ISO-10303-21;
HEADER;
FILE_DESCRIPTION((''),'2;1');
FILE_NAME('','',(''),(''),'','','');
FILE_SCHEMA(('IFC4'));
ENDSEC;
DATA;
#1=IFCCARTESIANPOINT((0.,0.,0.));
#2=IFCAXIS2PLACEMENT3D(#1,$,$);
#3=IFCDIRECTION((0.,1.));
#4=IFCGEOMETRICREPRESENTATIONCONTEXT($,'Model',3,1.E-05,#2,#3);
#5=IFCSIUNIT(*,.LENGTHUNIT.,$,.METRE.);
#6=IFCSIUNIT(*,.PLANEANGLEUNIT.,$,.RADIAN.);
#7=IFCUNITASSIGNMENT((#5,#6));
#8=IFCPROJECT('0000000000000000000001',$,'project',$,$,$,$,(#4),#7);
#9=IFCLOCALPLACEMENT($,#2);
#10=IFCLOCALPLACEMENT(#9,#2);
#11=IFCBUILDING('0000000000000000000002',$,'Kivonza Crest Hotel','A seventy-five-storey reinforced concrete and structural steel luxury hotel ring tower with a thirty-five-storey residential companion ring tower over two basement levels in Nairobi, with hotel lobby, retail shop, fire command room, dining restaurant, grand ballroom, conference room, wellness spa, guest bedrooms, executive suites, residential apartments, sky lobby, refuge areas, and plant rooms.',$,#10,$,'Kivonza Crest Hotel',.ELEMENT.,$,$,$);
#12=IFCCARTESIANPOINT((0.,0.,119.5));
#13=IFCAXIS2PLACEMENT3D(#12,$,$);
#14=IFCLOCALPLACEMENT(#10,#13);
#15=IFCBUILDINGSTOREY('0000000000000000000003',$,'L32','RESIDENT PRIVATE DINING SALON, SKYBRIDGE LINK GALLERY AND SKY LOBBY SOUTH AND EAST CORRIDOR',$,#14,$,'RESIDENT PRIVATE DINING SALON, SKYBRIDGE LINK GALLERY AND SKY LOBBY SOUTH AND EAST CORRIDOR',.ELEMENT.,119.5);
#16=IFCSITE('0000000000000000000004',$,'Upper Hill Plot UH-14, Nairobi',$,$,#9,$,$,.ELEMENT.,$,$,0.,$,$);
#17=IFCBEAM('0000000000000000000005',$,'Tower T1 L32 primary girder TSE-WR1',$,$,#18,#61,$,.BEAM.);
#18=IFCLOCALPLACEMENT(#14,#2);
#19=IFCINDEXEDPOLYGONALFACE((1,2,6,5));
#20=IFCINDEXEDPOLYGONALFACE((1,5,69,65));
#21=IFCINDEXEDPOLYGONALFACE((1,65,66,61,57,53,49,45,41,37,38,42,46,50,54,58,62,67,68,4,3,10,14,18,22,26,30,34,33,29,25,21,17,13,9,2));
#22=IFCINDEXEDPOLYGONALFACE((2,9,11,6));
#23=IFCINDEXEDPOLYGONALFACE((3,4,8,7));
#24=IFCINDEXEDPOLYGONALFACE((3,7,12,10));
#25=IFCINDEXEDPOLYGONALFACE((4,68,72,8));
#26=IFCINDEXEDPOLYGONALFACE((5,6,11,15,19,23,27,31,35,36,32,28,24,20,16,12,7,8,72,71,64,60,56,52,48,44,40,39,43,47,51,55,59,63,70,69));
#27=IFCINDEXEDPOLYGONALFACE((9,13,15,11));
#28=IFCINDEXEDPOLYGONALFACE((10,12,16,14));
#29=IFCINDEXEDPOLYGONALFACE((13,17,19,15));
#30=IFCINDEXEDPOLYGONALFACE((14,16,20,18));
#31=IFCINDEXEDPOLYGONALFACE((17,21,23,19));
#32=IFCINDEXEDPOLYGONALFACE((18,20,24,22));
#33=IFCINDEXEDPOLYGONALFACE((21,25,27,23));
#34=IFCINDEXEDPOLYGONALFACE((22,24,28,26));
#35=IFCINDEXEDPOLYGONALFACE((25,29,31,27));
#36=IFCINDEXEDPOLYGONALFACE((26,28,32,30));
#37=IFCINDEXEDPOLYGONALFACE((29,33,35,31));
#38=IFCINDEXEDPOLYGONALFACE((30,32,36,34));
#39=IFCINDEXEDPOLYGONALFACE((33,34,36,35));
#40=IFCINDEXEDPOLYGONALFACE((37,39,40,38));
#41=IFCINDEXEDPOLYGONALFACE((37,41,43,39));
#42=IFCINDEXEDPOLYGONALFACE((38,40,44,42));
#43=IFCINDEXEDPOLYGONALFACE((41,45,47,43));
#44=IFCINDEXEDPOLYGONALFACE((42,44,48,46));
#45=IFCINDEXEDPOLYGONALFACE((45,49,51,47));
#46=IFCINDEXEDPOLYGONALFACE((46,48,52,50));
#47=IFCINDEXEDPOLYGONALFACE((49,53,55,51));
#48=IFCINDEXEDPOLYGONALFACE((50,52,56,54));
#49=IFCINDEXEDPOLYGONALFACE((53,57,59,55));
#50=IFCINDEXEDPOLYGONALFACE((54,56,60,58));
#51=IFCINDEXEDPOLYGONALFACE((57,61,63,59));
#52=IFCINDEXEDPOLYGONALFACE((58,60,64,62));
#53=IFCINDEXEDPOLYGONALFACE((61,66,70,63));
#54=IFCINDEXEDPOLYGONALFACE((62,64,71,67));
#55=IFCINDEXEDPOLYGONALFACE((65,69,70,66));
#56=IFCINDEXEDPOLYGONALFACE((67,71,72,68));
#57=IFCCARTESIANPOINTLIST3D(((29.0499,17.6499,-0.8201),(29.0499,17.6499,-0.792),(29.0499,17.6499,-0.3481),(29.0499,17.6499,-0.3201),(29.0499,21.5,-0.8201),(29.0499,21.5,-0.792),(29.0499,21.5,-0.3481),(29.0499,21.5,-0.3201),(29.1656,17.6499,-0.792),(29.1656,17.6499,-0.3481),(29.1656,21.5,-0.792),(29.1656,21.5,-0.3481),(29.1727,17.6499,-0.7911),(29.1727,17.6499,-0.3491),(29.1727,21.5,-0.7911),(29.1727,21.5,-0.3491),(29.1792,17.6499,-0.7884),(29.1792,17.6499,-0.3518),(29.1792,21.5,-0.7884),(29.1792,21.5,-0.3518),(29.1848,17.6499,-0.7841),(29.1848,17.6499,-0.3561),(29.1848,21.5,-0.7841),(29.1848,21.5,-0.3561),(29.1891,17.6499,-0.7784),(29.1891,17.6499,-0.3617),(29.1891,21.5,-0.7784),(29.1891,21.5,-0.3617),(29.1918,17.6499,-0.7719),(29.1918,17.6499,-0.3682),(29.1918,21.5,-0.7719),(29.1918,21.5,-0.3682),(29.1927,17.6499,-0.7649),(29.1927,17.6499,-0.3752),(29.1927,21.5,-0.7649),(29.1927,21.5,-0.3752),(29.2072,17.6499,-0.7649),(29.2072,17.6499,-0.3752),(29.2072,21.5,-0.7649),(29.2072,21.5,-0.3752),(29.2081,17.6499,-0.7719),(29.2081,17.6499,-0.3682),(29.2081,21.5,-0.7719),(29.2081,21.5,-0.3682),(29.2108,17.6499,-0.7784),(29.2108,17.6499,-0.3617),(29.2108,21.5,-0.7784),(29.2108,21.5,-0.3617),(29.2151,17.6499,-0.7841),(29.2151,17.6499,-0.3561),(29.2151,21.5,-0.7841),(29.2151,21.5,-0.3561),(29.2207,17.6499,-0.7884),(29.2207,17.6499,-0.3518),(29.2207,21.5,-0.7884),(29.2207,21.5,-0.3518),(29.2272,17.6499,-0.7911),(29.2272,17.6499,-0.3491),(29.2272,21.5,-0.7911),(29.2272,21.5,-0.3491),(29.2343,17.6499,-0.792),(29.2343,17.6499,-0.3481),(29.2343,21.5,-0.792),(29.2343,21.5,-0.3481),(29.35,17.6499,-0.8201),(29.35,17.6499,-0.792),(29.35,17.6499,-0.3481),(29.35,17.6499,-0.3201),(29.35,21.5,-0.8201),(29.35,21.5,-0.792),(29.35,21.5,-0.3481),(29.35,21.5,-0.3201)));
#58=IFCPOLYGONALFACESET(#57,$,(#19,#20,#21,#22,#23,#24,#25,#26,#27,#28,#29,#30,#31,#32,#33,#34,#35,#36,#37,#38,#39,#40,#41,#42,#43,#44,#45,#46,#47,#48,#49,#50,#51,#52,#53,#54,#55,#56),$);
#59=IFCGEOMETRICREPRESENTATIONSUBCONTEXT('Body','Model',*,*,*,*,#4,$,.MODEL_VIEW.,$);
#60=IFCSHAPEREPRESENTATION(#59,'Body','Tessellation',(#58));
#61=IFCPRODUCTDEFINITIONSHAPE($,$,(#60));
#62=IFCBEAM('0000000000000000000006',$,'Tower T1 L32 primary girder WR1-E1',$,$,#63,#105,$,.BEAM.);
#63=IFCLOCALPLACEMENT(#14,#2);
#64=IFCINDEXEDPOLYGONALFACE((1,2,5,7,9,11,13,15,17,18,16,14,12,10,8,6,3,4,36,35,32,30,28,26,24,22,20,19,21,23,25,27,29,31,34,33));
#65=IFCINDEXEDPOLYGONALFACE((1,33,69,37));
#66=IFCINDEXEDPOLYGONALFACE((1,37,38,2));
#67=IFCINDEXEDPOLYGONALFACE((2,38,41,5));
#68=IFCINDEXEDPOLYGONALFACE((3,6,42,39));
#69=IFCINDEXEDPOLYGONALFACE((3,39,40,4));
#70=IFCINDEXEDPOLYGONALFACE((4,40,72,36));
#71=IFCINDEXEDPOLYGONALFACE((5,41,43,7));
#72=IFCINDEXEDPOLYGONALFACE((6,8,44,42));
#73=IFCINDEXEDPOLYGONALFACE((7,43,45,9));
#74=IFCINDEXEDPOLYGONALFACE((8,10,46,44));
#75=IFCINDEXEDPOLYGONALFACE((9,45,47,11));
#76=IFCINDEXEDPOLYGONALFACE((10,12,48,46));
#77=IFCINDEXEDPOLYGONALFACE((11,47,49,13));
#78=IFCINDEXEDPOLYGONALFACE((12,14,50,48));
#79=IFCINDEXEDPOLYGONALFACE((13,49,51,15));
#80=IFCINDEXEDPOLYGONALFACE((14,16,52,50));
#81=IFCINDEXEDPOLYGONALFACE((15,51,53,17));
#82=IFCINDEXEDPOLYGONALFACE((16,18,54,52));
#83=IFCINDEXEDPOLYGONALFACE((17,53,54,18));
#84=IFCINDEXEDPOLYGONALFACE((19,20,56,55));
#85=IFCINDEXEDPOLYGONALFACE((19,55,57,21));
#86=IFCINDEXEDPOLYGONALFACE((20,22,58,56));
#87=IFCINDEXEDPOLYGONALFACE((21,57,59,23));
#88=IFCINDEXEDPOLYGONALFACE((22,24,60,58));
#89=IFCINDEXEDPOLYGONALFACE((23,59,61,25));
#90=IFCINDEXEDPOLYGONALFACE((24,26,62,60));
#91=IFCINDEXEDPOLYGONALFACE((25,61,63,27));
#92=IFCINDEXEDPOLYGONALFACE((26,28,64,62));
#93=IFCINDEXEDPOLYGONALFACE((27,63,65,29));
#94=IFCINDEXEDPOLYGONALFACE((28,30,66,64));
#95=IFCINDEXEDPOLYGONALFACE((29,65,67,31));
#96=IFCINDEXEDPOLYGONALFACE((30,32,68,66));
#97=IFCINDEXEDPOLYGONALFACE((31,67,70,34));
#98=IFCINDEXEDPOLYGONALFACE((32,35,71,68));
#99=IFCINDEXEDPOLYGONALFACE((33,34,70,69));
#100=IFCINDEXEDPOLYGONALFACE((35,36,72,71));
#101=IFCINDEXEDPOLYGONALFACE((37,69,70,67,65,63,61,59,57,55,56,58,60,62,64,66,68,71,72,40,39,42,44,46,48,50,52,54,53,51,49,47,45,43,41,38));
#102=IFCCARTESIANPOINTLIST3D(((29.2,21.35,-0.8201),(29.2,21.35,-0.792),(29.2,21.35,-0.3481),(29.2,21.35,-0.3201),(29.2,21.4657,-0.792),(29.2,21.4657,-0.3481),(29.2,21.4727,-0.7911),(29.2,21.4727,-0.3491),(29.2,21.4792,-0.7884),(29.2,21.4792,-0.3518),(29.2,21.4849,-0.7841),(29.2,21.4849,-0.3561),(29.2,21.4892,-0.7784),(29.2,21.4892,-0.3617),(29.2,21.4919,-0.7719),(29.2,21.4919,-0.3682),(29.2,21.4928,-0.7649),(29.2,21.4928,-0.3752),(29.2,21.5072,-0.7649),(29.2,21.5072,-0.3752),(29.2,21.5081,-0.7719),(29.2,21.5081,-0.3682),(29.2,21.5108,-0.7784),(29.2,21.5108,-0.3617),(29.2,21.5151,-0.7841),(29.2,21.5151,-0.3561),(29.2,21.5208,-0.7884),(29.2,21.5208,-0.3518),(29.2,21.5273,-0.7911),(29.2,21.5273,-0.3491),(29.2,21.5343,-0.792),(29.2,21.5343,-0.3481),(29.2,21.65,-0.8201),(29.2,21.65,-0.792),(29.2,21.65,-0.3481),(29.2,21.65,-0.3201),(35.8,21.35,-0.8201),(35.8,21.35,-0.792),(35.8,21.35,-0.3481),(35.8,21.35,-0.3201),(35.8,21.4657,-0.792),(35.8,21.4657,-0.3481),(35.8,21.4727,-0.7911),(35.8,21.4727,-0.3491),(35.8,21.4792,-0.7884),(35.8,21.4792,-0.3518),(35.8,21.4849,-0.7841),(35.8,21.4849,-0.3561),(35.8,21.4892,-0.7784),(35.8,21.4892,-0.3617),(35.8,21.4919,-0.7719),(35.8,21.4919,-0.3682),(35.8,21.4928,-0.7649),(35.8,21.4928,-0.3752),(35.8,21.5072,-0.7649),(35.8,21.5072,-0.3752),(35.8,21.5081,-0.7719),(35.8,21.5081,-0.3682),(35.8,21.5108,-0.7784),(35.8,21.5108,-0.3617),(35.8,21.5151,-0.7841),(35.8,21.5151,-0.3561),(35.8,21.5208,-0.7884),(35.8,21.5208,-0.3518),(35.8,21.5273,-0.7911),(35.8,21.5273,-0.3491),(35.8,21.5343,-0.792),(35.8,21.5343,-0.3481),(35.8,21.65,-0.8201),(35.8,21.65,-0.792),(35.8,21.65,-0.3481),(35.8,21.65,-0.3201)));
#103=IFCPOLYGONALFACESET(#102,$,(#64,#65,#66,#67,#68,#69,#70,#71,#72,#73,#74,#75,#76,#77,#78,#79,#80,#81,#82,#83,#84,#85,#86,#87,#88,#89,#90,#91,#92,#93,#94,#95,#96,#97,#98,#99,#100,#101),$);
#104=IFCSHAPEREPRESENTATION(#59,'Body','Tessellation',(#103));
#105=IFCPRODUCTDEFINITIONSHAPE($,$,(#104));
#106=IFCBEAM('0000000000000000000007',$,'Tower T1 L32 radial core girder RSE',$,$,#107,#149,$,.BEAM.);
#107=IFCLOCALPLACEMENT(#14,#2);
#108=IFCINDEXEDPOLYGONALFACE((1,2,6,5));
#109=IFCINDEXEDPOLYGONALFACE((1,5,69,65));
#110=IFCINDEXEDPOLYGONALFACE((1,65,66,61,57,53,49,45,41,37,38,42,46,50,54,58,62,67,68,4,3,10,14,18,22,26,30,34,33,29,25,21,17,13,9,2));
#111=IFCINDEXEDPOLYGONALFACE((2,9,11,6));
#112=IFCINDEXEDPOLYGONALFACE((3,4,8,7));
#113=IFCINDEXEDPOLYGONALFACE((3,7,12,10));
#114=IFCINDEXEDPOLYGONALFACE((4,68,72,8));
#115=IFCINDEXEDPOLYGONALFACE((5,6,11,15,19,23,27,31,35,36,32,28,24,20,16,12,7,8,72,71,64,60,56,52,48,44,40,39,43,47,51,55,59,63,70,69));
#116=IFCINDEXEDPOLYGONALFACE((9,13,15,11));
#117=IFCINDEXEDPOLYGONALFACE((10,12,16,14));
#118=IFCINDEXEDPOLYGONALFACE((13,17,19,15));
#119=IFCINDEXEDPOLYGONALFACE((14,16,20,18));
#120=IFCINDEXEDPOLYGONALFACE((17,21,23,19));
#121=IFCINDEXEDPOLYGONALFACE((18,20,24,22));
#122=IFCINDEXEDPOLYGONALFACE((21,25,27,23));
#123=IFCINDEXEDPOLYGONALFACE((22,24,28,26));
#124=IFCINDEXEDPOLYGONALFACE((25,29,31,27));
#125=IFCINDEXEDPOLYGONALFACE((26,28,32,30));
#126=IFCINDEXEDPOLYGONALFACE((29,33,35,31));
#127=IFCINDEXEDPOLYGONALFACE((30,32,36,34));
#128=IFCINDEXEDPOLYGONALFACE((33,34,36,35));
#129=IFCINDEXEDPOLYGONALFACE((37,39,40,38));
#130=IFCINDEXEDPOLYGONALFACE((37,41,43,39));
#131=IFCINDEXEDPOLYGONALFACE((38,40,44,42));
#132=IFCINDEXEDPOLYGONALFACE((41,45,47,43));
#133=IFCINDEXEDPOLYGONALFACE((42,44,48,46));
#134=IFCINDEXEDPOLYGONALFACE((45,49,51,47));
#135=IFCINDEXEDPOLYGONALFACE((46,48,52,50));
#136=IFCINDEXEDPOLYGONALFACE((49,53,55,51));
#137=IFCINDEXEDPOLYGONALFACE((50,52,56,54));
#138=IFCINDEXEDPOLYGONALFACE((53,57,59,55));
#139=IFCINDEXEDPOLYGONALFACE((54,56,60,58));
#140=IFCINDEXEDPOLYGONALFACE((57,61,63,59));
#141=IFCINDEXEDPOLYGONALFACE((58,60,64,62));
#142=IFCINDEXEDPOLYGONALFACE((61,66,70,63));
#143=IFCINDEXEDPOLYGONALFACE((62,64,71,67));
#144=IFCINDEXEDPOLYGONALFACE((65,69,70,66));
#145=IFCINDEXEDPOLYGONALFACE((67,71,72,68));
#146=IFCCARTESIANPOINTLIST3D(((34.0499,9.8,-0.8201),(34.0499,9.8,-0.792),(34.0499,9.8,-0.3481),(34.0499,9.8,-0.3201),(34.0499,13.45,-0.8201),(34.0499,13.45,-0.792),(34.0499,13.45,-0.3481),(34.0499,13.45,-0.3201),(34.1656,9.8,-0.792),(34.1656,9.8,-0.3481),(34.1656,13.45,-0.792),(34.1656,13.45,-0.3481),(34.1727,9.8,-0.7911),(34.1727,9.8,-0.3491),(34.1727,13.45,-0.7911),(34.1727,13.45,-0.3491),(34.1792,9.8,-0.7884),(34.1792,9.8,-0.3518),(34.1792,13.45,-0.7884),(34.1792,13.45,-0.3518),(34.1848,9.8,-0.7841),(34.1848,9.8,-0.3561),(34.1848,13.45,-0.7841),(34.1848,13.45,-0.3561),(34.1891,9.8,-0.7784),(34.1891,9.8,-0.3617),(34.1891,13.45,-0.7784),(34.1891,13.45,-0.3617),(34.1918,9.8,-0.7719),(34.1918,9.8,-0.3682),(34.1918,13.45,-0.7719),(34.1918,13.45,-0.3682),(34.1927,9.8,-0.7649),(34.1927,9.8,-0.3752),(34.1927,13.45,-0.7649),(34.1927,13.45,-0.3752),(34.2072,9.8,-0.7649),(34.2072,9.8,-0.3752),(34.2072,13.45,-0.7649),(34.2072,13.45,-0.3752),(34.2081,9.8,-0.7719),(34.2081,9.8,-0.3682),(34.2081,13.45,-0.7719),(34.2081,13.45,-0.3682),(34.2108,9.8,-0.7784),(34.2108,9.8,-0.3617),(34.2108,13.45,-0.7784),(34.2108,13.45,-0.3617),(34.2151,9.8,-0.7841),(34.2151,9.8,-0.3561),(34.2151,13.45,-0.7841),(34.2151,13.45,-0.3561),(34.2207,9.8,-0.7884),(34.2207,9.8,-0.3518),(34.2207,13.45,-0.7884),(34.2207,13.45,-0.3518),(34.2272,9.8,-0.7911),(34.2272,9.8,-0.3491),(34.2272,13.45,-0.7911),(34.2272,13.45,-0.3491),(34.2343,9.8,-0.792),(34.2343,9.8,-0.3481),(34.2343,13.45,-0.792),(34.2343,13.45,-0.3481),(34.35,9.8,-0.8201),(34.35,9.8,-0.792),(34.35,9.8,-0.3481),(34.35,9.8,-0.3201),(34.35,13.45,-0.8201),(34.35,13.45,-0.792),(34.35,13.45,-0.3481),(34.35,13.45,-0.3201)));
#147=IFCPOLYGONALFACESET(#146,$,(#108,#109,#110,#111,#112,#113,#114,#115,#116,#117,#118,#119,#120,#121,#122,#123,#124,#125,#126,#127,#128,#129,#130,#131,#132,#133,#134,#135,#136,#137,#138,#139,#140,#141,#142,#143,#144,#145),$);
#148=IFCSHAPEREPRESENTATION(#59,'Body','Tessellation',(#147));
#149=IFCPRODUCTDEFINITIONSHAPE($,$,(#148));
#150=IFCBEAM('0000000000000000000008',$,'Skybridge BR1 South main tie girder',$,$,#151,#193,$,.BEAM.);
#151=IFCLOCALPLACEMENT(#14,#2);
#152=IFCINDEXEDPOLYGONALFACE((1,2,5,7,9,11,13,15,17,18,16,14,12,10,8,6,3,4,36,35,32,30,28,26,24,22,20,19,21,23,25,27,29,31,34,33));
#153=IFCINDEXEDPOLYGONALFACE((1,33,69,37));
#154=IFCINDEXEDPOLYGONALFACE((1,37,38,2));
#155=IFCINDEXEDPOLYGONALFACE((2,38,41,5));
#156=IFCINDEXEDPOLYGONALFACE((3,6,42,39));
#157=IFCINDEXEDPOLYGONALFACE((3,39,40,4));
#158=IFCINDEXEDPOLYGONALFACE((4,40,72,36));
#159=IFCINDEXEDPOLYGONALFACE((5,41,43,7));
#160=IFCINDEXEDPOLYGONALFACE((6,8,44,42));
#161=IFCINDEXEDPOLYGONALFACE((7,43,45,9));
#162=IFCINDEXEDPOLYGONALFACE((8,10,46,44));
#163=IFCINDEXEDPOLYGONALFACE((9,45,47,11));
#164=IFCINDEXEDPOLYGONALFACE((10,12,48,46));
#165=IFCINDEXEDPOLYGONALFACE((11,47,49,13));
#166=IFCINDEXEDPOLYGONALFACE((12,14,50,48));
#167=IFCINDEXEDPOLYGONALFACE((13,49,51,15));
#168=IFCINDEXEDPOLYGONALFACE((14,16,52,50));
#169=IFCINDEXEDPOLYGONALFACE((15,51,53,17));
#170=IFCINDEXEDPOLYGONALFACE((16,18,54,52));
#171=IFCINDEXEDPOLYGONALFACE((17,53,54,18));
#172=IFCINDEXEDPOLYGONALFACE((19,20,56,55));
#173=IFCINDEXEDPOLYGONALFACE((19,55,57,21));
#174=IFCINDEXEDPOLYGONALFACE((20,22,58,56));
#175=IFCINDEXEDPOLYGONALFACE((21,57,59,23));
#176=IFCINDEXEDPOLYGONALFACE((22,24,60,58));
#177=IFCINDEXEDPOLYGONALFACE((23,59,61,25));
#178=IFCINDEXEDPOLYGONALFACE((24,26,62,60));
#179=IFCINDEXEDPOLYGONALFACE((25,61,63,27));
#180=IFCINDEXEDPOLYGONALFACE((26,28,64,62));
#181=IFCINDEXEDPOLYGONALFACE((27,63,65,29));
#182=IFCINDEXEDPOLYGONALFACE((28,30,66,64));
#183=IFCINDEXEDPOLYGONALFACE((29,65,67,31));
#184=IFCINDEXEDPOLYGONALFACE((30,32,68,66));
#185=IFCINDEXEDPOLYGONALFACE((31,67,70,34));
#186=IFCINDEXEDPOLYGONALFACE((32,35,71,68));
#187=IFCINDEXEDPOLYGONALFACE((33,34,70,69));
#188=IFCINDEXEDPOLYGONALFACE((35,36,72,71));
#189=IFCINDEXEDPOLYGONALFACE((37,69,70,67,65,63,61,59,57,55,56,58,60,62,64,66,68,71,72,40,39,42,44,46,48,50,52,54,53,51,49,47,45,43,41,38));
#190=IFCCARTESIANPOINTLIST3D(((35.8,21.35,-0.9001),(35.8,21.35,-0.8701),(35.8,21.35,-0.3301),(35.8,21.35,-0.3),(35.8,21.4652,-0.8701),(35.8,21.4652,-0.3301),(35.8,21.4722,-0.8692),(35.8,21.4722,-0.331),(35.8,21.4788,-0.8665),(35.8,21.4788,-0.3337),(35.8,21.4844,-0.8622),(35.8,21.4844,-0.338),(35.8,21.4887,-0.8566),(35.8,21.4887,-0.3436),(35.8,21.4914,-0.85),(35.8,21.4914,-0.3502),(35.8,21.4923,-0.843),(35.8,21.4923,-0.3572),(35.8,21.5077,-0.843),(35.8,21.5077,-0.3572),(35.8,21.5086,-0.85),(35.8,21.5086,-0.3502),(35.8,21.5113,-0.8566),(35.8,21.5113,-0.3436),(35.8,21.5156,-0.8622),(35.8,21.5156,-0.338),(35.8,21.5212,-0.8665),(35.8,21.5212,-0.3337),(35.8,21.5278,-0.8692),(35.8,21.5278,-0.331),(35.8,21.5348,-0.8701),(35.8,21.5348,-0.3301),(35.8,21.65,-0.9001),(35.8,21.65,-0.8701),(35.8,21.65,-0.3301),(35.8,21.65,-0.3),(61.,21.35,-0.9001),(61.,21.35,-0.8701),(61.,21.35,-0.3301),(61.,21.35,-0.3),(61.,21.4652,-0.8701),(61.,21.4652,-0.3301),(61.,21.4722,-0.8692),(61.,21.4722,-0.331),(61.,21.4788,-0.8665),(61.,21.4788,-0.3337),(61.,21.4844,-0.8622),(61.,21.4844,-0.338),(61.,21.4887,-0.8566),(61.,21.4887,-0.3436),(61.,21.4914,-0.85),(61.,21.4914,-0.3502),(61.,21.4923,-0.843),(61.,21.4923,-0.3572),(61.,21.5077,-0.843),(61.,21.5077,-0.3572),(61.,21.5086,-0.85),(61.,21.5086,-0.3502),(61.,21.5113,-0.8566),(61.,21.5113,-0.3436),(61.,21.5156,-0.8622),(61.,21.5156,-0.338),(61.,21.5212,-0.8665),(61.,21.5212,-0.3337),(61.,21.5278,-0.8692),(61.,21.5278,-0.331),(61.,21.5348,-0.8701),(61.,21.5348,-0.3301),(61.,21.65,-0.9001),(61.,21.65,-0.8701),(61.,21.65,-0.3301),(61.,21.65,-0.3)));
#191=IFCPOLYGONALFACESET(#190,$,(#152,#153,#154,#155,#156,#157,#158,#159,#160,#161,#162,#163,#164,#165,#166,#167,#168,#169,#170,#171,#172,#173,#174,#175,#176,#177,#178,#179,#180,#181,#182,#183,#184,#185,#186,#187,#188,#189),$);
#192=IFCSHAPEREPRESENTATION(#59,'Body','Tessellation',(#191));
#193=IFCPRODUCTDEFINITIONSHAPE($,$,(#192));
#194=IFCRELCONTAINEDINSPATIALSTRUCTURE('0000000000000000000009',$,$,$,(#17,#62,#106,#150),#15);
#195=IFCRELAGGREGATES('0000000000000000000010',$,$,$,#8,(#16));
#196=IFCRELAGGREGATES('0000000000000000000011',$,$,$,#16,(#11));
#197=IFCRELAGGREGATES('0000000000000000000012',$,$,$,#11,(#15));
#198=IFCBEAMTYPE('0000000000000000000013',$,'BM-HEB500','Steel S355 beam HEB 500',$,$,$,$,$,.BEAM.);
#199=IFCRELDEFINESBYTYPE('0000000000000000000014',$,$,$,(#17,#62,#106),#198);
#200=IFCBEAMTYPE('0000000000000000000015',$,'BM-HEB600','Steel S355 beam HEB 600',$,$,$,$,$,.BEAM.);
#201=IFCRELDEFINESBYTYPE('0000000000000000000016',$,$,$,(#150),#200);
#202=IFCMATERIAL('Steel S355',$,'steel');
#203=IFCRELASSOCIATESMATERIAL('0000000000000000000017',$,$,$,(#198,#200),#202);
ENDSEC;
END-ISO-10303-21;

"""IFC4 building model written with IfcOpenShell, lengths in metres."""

from ifc_helpers import new_model, si_unit, direction, frame, origin, origin_2d, place, context, subcontext, project, spatial, i_section, extrude, material, material_profile, profile_set, type_object, element, save


model = new_model("IFC4")

# Units and contexts
model_context = context("Model", 3, precision=1e-05, world=origin(), true_north=direction((0.0, 1.0)))
body_context = subcontext(model_context, "Body", "Model", "MODEL_VIEW")
ifc_project = project(units=[si_unit("LENGTHUNIT", "METRE"), si_unit("PLANEANGLEUNIT", "RADIAN")], contexts=[model_context])

# Site, building, storey
site_placement = place(None, origin())
site = spatial("IfcSite", under=ifc_project, at=site_placement, Name="Upper Hill Plot UH-14, Nairobi", CompositionType="ELEMENT", RefElevation=0.0)
building_placement = place(site_placement, origin())
building = spatial("IfcBuilding", under=site, at=building_placement, Name="Kivonza Crest Hotel", Description="A seventy-five-storey reinforced concrete and structural steel luxury hotel ring tower with a thirty-five-storey residential companion ring tower over two basement levels in Nairobi, with hotel lobby, retail shop, fire command room, dining restaurant, grand ballroom, conference room, wellness spa, guest bedrooms, executive suites, residential apartments, sky lobby, refuge areas, and plant rooms.", LongName="Kivonza Crest Hotel", CompositionType="ELEMENT")
storey_placement = place(building_placement, frame((0.0, 0.0, 119.5)))
storey = spatial("IfcBuildingStorey", under=building, at=storey_placement, Name="L32", Description="RESIDENT PRIVATE DINING SALON, SKYBRIDGE LINK GALLERY AND SKY LOBBY SOUTH AND EAST CORRIDOR", LongName="RESIDENT PRIVATE DINING SALON, SKYBRIDGE LINK GALLERY AND SKY LOBBY SOUTH AND EAST CORRIDOR", CompositionType="ELEMENT", Elevation=119.5)

# Shared definitions
ifc_material_1 = material(Name="Steel S355", Category="steel")

# Beams
ifc_material_profile_1 = material_profile(ifc_material_1, i_section(OverallWidth=0.3, OverallDepth=0.5, WebThickness=0.0144, FlangeThickness=0.0281, FilletRadius=0.0271, at=origin_2d()), Name="HEB 500")
ifc_profile_set_1 = profile_set([ifc_material_profile_1], Name="Steel S355")
beam_type_1 = type_object("IfcBeamType", Name="BM-HEB500", Description="Steel S355 beam HEB 500", PredefinedType="BEAM", material=ifc_profile_set_1)
beam_1_placement = place(storey_placement, frame((29.2, 17.6499, -0.5701), z_axis=(0.0, 1.0, 0.0), x_axis=(-1.0, 0.0, 0.0)))
element("IfcBeam", 1, at=beam_1_placement, inside=storey, type_object=beam_type_1, Name="Tower T1 L32 primary girder TSE-WR1", PredefinedType="BEAM", context=body_context, shape_type="SweptSolid", body=[
    extrude(i_section(OverallWidth=0.3, OverallDepth=0.5, WebThickness=0.0144, FlangeThickness=0.0281, FilletRadius=0.0271, at=origin_2d()), origin(), (0.0, 0.0, 1.0), 3.8501),
])
beam_2_placement = place(storey_placement, frame((29.2, 21.5, -0.5701), z_axis=(1.0, 0.0, 0.0), x_axis=(0.0, 1.0, 0.0)))
element("IfcBeam", 2, at=beam_2_placement, inside=storey, type_object=beam_type_1, Name="Tower T1 L32 primary girder WR1-E1", PredefinedType="BEAM", context=body_context, shape_type="SweptSolid", body=[
    extrude(i_section(OverallWidth=0.3, OverallDepth=0.5, WebThickness=0.0144, FlangeThickness=0.0281, FilletRadius=0.0271, at=origin_2d()), origin(), (0.0, 0.0, 1.0), 6.6001),
])
beam_3_placement = place(storey_placement, frame((34.2, 9.8, -0.5701), z_axis=(0.0, 1.0, 0.0), x_axis=(-1.0, 0.0, 0.0)))
element("IfcBeam", 3, at=beam_3_placement, inside=storey, type_object=beam_type_1, Name="Tower T1 L32 radial core girder RSE", PredefinedType="BEAM", context=body_context, shape_type="SweptSolid", body=[
    extrude(i_section(OverallWidth=0.3, OverallDepth=0.5, WebThickness=0.0144, FlangeThickness=0.0281, FilletRadius=0.0271, at=origin_2d()), origin(), (0.0, 0.0, 1.0), 3.6499),
])
ifc_material_profile_2 = material_profile(ifc_material_1, i_section(OverallWidth=0.3, OverallDepth=0.6001, WebThickness=0.0154, FlangeThickness=0.03, FilletRadius=0.0271, at=origin_2d()), Name="HEB 600")
ifc_profile_set_2 = profile_set([ifc_material_profile_2], Name="Steel S355")
beam_type_2 = type_object("IfcBeamType", Name="BM-HEB600", Description="Steel S355 beam HEB 600", PredefinedType="BEAM", material=ifc_profile_set_2)
beam_4_placement = place(storey_placement, frame((35.8, 21.5, -0.6001), z_axis=(1.0, 0.0, 0.0), x_axis=(0.0, 1.0, 0.0)))
element("IfcBeam", 4, at=beam_4_placement, inside=storey, type_object=beam_type_2, Name="Skybridge BR1 South main tie girder", PredefinedType="BEAM", context=body_context, shape_type="SweptSolid", body=[
    extrude(i_section(OverallWidth=0.3, OverallDepth=0.6001, WebThickness=0.0154, FlangeThickness=0.03, FilletRadius=0.0271, at=origin_2d()), origin(), (0.0, 0.0, 1.0), 25.2),
])

save(model, "model.ifc")
